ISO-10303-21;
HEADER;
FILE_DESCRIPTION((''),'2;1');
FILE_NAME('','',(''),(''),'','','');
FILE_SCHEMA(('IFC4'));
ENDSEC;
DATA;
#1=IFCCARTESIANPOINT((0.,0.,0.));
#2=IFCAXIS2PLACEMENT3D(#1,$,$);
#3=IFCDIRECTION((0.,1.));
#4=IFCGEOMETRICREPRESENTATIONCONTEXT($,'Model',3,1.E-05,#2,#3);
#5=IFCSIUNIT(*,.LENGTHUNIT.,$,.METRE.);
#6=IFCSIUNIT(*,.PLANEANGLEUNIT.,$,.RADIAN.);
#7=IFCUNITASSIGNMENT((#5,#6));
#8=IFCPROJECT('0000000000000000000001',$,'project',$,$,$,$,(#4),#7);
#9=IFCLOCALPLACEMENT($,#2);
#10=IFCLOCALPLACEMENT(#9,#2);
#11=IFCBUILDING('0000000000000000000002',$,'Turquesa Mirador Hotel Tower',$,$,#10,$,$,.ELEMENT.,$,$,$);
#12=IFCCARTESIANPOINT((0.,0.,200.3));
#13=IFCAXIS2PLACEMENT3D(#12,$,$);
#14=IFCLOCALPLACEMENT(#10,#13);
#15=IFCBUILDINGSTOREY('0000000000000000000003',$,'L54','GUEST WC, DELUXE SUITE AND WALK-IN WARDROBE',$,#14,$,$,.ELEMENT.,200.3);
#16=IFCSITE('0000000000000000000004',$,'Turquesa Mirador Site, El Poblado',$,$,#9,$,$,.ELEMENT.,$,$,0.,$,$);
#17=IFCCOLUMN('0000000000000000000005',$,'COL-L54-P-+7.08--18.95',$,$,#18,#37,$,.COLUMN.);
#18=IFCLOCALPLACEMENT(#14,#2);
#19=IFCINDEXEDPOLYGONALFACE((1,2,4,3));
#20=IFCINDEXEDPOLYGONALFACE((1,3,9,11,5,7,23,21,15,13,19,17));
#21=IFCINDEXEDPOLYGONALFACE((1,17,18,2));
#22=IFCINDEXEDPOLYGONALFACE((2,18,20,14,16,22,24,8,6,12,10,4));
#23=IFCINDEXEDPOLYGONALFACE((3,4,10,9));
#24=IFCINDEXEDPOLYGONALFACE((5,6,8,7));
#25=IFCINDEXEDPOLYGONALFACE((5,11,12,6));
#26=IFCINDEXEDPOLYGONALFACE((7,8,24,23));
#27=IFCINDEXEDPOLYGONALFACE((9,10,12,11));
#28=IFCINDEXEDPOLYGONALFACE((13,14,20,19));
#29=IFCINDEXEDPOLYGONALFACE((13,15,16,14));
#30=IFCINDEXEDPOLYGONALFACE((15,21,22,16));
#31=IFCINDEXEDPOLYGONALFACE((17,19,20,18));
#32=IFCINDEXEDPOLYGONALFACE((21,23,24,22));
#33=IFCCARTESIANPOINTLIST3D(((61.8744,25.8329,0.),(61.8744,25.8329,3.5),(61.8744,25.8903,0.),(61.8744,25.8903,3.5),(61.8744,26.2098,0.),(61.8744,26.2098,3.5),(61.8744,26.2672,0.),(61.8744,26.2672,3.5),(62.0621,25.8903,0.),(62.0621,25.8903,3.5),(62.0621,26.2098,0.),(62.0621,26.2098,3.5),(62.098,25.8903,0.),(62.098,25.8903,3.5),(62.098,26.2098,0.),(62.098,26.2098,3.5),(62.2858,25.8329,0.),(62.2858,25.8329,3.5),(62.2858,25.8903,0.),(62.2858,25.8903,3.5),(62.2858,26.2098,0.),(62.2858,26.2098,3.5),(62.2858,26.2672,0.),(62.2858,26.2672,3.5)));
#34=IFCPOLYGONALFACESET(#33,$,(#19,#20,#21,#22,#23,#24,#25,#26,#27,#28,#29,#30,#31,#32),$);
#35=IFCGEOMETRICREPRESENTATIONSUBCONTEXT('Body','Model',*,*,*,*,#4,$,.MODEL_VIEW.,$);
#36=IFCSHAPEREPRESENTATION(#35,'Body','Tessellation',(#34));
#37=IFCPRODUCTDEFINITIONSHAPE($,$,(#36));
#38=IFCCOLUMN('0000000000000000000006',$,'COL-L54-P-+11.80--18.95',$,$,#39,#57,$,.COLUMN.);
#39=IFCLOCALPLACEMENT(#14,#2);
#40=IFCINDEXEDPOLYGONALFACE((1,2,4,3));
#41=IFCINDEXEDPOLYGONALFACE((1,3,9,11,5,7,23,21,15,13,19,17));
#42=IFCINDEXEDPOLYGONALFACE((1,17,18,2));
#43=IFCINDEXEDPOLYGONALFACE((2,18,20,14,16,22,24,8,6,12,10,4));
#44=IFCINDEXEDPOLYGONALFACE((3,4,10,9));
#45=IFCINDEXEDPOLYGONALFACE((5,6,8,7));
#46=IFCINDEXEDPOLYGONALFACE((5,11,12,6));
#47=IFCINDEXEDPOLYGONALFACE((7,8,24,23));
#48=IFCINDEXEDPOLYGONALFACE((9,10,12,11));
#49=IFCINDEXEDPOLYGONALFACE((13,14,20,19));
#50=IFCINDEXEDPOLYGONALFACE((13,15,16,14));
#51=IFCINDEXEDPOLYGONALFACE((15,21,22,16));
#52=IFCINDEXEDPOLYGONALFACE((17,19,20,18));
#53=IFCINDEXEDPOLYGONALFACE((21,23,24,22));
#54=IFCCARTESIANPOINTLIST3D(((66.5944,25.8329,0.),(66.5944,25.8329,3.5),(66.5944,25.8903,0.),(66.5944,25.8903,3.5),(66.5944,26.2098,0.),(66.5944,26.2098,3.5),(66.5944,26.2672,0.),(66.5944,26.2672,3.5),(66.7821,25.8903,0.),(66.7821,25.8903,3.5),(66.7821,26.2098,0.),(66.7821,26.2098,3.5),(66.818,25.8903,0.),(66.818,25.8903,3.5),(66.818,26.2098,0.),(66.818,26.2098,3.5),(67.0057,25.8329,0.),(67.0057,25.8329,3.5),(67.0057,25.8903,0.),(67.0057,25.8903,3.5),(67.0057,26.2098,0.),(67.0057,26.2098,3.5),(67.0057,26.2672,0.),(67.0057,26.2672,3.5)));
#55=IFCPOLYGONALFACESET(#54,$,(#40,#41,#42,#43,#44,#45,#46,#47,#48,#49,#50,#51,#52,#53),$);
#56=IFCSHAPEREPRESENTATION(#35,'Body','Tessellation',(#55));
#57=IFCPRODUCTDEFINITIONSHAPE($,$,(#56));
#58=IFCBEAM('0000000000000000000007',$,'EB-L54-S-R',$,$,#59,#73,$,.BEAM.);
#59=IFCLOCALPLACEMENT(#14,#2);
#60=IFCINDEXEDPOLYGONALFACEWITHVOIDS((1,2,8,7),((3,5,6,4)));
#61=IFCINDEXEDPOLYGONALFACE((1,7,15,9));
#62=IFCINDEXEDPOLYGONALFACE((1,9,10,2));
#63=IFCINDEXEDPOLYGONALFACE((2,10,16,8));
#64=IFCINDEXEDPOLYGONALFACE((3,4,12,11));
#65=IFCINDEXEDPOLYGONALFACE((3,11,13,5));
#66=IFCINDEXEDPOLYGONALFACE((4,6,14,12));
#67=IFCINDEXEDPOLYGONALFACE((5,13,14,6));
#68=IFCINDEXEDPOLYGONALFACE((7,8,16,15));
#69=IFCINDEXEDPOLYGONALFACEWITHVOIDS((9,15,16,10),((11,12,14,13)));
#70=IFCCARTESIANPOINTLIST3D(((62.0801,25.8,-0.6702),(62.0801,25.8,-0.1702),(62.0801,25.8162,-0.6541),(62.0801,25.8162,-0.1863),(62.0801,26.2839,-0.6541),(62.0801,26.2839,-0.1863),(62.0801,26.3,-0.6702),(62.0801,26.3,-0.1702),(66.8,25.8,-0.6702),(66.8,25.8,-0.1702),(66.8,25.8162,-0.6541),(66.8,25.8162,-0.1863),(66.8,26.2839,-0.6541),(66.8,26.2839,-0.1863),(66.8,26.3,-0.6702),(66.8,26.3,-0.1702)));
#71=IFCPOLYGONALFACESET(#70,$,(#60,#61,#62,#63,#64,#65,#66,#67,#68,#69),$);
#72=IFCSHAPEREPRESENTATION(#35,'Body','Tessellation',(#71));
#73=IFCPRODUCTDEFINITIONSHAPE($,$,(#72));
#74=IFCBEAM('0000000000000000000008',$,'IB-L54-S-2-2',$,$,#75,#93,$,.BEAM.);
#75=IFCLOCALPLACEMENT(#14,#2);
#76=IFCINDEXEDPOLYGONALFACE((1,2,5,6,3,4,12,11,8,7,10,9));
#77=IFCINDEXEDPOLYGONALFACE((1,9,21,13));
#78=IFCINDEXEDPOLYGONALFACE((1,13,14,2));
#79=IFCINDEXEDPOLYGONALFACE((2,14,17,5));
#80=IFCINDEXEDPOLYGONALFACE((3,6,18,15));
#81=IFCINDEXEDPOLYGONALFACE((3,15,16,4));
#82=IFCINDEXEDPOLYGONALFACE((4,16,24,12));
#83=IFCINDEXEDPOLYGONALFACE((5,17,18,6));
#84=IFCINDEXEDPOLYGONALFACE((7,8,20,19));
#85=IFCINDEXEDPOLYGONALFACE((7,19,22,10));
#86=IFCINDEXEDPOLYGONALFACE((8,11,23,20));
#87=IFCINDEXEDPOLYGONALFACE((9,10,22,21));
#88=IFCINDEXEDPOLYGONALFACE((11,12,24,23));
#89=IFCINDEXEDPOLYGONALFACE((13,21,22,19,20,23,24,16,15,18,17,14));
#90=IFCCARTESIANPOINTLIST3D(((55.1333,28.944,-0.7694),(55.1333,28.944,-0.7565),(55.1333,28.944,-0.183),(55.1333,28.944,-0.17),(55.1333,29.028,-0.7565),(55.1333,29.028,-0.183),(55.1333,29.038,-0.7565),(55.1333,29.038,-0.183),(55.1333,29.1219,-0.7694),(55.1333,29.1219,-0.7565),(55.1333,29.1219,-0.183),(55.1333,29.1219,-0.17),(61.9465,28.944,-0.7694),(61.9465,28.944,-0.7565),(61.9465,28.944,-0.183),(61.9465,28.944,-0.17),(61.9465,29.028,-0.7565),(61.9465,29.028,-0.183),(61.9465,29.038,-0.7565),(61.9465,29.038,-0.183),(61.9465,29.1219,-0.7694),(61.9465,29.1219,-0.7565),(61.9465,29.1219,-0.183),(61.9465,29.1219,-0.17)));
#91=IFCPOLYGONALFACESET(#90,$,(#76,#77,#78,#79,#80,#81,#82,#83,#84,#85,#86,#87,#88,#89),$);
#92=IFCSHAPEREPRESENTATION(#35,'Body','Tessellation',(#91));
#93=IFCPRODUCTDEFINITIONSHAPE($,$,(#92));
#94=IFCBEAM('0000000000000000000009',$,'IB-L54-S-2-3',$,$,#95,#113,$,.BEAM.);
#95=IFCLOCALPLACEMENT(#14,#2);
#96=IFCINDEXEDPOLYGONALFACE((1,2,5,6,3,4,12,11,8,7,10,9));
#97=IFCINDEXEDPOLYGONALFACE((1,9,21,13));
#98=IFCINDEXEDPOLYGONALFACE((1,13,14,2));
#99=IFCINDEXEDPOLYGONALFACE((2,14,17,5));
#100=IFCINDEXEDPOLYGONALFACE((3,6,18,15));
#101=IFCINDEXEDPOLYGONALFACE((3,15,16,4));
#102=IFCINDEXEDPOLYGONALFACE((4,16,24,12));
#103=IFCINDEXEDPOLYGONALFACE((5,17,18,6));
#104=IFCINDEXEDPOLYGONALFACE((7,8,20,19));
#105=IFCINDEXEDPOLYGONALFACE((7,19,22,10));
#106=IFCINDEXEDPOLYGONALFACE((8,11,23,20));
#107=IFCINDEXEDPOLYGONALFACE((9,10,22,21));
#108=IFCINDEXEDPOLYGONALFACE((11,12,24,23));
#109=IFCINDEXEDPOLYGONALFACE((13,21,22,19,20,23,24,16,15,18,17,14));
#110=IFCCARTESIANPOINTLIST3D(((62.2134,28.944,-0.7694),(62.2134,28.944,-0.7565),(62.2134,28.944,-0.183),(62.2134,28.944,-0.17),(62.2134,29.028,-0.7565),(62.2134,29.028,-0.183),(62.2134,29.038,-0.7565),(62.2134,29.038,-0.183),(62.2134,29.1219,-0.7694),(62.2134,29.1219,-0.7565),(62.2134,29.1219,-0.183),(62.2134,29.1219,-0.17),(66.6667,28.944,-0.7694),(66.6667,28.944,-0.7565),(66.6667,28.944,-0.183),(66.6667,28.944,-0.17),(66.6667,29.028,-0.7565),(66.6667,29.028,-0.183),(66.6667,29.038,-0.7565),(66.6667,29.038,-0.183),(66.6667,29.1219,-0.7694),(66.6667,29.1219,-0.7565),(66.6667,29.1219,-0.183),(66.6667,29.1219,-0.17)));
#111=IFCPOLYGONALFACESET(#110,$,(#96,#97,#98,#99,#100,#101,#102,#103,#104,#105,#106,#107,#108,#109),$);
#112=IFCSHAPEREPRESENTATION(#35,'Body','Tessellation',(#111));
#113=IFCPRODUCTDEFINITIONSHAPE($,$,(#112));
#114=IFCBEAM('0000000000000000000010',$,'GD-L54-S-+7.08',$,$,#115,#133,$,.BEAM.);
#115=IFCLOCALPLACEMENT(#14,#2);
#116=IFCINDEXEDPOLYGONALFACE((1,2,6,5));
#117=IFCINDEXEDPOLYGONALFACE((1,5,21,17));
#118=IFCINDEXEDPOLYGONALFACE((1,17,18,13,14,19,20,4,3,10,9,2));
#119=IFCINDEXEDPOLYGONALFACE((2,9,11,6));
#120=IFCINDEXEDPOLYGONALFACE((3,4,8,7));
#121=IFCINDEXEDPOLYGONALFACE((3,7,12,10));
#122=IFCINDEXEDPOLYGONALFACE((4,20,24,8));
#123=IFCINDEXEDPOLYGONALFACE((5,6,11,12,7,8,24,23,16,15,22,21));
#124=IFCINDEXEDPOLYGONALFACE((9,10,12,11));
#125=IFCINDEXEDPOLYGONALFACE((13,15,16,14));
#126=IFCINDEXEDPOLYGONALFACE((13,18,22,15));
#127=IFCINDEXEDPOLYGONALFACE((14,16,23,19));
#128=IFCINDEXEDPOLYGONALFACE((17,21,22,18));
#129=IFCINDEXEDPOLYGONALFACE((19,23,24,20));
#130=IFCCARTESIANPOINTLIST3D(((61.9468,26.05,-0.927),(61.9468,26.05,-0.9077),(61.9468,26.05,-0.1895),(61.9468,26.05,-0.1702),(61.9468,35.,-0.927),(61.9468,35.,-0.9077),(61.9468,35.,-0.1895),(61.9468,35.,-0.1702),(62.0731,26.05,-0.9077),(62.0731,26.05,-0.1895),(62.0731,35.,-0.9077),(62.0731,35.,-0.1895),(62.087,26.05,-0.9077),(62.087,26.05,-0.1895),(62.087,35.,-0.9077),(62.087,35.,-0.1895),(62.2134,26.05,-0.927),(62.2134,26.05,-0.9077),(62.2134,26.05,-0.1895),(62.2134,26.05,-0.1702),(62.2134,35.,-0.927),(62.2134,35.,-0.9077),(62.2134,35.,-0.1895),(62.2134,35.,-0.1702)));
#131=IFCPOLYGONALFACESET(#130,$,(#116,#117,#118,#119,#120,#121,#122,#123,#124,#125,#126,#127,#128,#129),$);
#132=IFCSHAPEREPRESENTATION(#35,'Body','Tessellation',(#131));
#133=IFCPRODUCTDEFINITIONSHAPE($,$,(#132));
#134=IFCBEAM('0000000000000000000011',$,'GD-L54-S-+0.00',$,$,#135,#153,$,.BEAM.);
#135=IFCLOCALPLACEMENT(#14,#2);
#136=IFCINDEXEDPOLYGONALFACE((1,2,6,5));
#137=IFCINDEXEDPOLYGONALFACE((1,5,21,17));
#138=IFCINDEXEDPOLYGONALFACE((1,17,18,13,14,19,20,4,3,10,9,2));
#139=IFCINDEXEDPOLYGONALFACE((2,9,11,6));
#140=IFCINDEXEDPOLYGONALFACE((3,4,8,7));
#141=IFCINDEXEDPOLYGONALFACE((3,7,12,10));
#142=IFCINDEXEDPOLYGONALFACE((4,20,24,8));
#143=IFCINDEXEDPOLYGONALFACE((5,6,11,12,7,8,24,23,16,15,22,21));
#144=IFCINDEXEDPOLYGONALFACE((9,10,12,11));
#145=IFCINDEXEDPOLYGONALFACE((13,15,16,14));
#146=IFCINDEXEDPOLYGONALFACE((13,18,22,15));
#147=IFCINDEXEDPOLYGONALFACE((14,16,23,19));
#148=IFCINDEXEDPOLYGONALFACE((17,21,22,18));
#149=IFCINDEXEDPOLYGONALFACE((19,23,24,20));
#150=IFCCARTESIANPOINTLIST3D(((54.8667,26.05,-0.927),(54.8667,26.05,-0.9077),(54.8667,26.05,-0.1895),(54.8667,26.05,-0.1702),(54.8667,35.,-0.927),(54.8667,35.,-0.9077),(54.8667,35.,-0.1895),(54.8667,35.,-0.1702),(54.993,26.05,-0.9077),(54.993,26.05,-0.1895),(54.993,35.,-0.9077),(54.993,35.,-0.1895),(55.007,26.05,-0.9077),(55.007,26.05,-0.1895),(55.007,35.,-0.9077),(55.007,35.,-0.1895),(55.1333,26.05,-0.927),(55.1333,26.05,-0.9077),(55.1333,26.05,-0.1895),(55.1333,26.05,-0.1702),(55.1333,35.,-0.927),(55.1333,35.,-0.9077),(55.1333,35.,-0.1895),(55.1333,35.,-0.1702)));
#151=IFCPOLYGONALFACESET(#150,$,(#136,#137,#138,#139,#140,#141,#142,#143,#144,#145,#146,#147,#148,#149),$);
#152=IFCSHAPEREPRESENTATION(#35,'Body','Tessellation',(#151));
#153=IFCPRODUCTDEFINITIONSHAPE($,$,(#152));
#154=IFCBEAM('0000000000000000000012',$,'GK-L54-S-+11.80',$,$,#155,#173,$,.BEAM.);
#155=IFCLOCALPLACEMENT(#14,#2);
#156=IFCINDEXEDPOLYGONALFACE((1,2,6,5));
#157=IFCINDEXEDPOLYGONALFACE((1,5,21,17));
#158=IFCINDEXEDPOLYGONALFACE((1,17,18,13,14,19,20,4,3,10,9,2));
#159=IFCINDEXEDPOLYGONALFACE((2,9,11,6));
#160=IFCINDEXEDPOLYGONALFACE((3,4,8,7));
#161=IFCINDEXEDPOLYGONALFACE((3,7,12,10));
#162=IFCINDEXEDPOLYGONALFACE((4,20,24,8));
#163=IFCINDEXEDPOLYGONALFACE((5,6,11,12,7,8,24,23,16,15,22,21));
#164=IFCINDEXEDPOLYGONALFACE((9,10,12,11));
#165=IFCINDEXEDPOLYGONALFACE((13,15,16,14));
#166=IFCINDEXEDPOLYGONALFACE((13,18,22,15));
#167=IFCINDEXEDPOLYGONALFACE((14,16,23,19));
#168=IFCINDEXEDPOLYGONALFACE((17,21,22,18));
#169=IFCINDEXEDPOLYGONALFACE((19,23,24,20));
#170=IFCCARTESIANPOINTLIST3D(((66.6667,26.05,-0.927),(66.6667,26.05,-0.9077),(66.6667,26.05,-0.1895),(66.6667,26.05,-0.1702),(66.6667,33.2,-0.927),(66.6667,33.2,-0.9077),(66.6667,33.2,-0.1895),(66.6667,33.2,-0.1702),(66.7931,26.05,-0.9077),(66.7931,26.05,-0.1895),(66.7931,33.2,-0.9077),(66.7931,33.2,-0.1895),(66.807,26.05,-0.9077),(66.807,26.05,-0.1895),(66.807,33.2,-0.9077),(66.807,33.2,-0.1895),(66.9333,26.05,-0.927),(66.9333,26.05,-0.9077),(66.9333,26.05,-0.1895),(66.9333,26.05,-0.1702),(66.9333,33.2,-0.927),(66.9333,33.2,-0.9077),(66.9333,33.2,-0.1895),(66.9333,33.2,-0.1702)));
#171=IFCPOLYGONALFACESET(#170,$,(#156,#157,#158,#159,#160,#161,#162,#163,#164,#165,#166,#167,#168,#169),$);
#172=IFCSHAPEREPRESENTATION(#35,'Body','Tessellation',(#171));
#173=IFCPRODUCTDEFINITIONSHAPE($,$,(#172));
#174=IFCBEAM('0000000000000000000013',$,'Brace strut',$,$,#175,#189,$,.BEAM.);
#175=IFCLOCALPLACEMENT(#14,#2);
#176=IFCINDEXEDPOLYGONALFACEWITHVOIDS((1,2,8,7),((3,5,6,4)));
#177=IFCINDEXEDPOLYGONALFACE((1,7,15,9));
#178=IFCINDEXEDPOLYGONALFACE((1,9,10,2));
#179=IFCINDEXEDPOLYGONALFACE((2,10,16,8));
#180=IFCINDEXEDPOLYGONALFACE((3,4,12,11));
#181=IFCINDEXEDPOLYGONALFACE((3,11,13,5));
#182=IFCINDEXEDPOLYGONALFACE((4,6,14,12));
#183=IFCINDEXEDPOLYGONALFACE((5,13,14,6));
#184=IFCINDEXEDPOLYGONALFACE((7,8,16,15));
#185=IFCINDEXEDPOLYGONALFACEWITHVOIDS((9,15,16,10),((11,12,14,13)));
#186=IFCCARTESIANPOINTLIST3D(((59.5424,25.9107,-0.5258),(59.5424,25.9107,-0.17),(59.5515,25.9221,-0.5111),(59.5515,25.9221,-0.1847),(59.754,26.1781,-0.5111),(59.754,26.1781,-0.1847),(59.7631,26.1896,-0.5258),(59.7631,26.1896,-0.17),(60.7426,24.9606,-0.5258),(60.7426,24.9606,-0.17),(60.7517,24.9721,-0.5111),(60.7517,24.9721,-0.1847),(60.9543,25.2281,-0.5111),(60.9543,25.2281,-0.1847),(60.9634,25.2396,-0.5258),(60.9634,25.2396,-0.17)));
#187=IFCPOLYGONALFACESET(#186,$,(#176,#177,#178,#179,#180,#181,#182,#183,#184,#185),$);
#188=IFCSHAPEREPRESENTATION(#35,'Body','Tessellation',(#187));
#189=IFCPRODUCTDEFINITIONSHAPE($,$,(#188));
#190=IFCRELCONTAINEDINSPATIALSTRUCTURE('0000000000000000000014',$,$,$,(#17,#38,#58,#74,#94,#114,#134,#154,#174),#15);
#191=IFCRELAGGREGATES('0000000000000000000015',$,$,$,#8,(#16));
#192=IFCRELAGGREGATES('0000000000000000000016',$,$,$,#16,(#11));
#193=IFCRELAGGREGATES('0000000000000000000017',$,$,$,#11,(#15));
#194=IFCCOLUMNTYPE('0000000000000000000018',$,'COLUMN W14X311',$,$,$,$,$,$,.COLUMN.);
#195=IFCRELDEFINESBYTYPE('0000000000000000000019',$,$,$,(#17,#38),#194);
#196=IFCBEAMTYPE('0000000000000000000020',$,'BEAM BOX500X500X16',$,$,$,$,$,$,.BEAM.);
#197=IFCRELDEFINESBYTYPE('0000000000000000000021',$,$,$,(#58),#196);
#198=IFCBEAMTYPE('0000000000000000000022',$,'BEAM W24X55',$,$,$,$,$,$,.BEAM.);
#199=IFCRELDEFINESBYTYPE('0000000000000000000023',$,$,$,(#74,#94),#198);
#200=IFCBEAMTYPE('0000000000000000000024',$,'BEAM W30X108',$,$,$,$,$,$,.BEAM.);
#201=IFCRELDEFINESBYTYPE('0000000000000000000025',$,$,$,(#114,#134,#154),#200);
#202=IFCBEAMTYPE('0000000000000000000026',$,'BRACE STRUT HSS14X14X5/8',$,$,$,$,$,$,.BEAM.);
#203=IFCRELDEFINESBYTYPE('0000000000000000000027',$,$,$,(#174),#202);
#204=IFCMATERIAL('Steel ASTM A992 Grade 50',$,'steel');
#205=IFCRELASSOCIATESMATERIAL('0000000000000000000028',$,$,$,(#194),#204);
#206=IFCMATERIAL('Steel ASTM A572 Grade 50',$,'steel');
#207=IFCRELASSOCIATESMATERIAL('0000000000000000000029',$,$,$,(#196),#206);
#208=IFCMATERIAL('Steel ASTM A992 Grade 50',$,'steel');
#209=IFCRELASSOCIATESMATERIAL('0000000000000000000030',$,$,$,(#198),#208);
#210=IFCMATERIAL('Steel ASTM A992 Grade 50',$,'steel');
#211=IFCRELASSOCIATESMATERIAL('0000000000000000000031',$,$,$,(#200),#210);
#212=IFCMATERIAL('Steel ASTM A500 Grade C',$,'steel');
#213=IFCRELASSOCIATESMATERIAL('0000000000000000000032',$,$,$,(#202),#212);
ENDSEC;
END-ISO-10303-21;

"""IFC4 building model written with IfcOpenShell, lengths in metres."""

from ifc_helpers import new_model, si_unit, direction, frame, origin, origin_2d, place, context, subcontext, project, spatial, hollow_rectangle, i_section, extrude, material, material_profile, profile_set, type_object, element, save


model = new_model("IFC4")

# Units and contexts
model_context = context("Model", 3, precision=1e-05, world=origin(), true_north=direction((0.0, 1.0)))
body_context = subcontext(model_context, "Body", "Model", "MODEL_VIEW")
ifc_project = project(units=[si_unit("LENGTHUNIT", "METRE"), si_unit("PLANEANGLEUNIT", "RADIAN")], contexts=[model_context])

# Site, building, storey
site_placement = place(None, origin())
site = spatial("IfcSite", under=ifc_project, at=site_placement, Name="Turquesa Mirador Site, El Poblado", CompositionType="ELEMENT", RefElevation=0.0)
building_placement = place(site_placement, origin())
building = spatial("IfcBuilding", under=site, at=building_placement, Name="Turquesa Mirador Hotel Tower", CompositionType="ELEMENT")
storey_placement = place(building_placement, frame((0.0, 0.0, 200.3)))
storey = spatial("IfcBuildingStorey", under=building, at=storey_placement, Name="L54", Description="GUEST WC, DELUXE SUITE AND WALK-IN WARDROBE", CompositionType="ELEMENT", Elevation=200.3)

# Columns
ifc_material_1 = material(Name="Steel ASTM A992 Grade 50", Category="steel")
ifc_material_profile_1 = material_profile(ifc_material_1, i_section(OverallWidth=0.4114, OverallDepth=0.4343, WebThickness=0.0359, FlangeThickness=0.0574, at=origin_2d()), Name="W14X311")
ifc_profile_set_1 = profile_set([ifc_material_profile_1], Name="Steel ASTM A992 Grade 50")
column_type = type_object("IfcColumnType", Name="COLUMN W14X311", PredefinedType="COLUMN", material=ifc_profile_set_1)
for number, where, z_axis, x_axis, name in (
    (1, (62.0801, 26.05, 0.0), (0.0, 0.0, 1.0), (1.0, 0.0, 0.0), "COL-L54-P-+7.08--18.95"),
    (2, (66.8, 26.05, 0.0), (0.0, 0.0, 1.0), (1.0, 0.0, 0.0), "COL-L54-P-+11.80--18.95"),
):
    element("IfcColumn", number, at=place(storey_placement, frame(where, z_axis=z_axis, x_axis=x_axis)), inside=storey, type_object=column_type, Name=name, PredefinedType="COLUMN", context=body_context, shape_type="SweptSolid", body=[
        extrude(i_section(OverallWidth=0.4114, OverallDepth=0.4343, WebThickness=0.0359, FlangeThickness=0.0574, at=origin_2d()), origin(), (0.0, 0.0, 1.0), 3.5),
    ])

# Beams
ifc_material_2 = material(Name="Steel ASTM A572 Grade 50", Category="steel")
ifc_material_profile_2 = material_profile(ifc_material_2, hollow_rectangle(XDim=0.5, YDim=0.5, WallThickness=0.0161, at=origin_2d()), Name="BOX500X500X16")
ifc_profile_set_2 = profile_set([ifc_material_profile_2], Name="Steel ASTM A572 Grade 50")
beam_type_1 = type_object("IfcBeamType", Name="BEAM BOX500X500X16", PredefinedType="BEAM", material=ifc_profile_set_2)
beam_1_placement = place(storey_placement, frame((62.0801, 26.05, -0.4202), z_axis=(1.0, 0.0, 0.0), x_axis=(0.0, 1.0, 0.0)))
element("IfcBeam", 3, at=beam_1_placement, inside=storey, type_object=beam_type_1, Name="EB-L54-S-R", PredefinedType="BEAM", context=body_context, shape_type="SweptSolid", body=[
    extrude(hollow_rectangle(XDim=0.5, YDim=0.5, WallThickness=0.0161, at=origin_2d()), origin(), (0.0, 0.0, 1.0), 4.72),
])
ifc_material_3 = material(Name="Steel ASTM A992 Grade 50", Category="steel")
ifc_material_profile_3 = material_profile(ifc_material_3, i_section(OverallWidth=0.178, OverallDepth=0.5994, WebThickness=0.01, FlangeThickness=0.0129, at=origin_2d()), Name="W24X55")
ifc_profile_set_3 = profile_set([ifc_material_profile_3], Name="Steel ASTM A992 Grade 50")
beam_type_2 = type_object("IfcBeamType", Name="BEAM W24X55", PredefinedType="BEAM", material=ifc_profile_set_3)
beam_2_placement = place(storey_placement, frame((55.1333, 29.033, -0.4697), z_axis=(1.0, 0.0, 0.0), x_axis=(0.0, 1.0, 0.0)))
element("IfcBeam", 4, at=beam_2_placement, inside=storey, type_object=beam_type_2, Name="IB-L54-S-2-2", PredefinedType="BEAM", context=body_context, shape_type="SweptSolid", body=[
    extrude(i_section(OverallWidth=0.178, OverallDepth=0.5994, WebThickness=0.01, FlangeThickness=0.0129, at=origin_2d()), origin(), (0.0, 0.0, 1.0), 6.8132),
])
beam_3_placement = place(storey_placement, frame((62.2134, 29.033, -0.4697), z_axis=(1.0, 0.0, 0.0), x_axis=(0.0, 1.0, 0.0)))
element("IfcBeam", 5, at=beam_3_placement, inside=storey, type_object=beam_type_2, Name="IB-L54-S-2-3", PredefinedType="BEAM", context=body_context, shape_type="SweptSolid", body=[
    extrude(i_section(OverallWidth=0.178, OverallDepth=0.5994, WebThickness=0.01, FlangeThickness=0.0129, at=origin_2d()), origin(), (0.0, 0.0, 1.0), 4.4534),
])
ifc_material_4 = material(Name="Steel ASTM A992 Grade 50", Category="steel")
ifc_material_profile_4 = material_profile(ifc_material_4, i_section(OverallWidth=0.2666, OverallDepth=0.7568, WebThickness=0.0139, FlangeThickness=0.0193, at=origin_2d()), Name="W30X108")
ifc_profile_set_4 = profile_set([ifc_material_profile_4], Name="Steel ASTM A992 Grade 50")
beam_type_3 = type_object("IfcBeamType", Name="BEAM W30X108", PredefinedType="BEAM", material=ifc_profile_set_4)
for number, where, z_axis, x_axis, name in (
    (6, (62.0801, 26.05, -0.5486), (0.0, 1.0, 0.0), (-1.0, 0.0, 0.0), "GD-L54-S-+7.08"),
    (7, (55.0, 26.05, -0.5486), (0.0, 1.0, 0.0), (-1.0, 0.0, 0.0), "GD-L54-S-+0.00"),
):
    element("IfcBeam", number, at=place(storey_placement, frame(where, z_axis=z_axis, x_axis=x_axis)), inside=storey, type_object=beam_type_3, Name=name, PredefinedType="BEAM", context=body_context, shape_type="SweptSolid", body=[
        extrude(i_section(OverallWidth=0.2666, OverallDepth=0.7568, WebThickness=0.0139, FlangeThickness=0.0193, at=origin_2d()), origin(), (0.0, 0.0, 1.0), 8.95),
    ])
beam_4_placement = place(storey_placement, frame((66.8, 26.05, -0.5486), z_axis=(0.0, 1.0, 0.0), x_axis=(-1.0, 0.0, 0.0)))
element("IfcBeam", 8, at=beam_4_placement, inside=storey, type_object=beam_type_3, Name="GK-L54-S-+11.80", PredefinedType="BEAM", context=body_context, shape_type="SweptSolid", body=[
    extrude(i_section(OverallWidth=0.2666, OverallDepth=0.7568, WebThickness=0.0139, FlangeThickness=0.0193, at=origin_2d()), origin(), (0.0, 0.0, 1.0), 7.1499),
])
ifc_material_5 = material(Name="Steel ASTM A500 Grade C", Category="steel")
ifc_material_profile_5 = material_profile(ifc_material_5, hollow_rectangle(XDim=0.3557, YDim=0.3557, WallThickness=0.0146, at=origin_2d()), Name="HSS14X14X5/8")
ifc_profile_set_5 = profile_set([ifc_material_profile_5], Name="Steel ASTM A500 Grade C")
beam_type_4 = type_object("IfcBeamType", Name="BRACE STRUT HSS14X14X5/8", PredefinedType="BEAM", material=ifc_profile_set_5)
beam_5_placement = place(storey_placement, frame((60.853, 25.1001, -0.3479), z_axis=(-0.784111, 0.620621, 0.0), x_axis=(-0.620621, -0.784111, 0.0)))
element("IfcBeam", 9, at=beam_5_placement, inside=storey, type_object=beam_type_4, Name="Brace strut", PredefinedType="BEAM", context=body_context, shape_type="SweptSolid", body=[
    extrude(hollow_rectangle(XDim=0.3557, YDim=0.3557, WallThickness=0.0146, at=origin_2d()), origin(), (0.0, 0.0, 1.0), 1.5308),
])

save(model, "model.ifc")
